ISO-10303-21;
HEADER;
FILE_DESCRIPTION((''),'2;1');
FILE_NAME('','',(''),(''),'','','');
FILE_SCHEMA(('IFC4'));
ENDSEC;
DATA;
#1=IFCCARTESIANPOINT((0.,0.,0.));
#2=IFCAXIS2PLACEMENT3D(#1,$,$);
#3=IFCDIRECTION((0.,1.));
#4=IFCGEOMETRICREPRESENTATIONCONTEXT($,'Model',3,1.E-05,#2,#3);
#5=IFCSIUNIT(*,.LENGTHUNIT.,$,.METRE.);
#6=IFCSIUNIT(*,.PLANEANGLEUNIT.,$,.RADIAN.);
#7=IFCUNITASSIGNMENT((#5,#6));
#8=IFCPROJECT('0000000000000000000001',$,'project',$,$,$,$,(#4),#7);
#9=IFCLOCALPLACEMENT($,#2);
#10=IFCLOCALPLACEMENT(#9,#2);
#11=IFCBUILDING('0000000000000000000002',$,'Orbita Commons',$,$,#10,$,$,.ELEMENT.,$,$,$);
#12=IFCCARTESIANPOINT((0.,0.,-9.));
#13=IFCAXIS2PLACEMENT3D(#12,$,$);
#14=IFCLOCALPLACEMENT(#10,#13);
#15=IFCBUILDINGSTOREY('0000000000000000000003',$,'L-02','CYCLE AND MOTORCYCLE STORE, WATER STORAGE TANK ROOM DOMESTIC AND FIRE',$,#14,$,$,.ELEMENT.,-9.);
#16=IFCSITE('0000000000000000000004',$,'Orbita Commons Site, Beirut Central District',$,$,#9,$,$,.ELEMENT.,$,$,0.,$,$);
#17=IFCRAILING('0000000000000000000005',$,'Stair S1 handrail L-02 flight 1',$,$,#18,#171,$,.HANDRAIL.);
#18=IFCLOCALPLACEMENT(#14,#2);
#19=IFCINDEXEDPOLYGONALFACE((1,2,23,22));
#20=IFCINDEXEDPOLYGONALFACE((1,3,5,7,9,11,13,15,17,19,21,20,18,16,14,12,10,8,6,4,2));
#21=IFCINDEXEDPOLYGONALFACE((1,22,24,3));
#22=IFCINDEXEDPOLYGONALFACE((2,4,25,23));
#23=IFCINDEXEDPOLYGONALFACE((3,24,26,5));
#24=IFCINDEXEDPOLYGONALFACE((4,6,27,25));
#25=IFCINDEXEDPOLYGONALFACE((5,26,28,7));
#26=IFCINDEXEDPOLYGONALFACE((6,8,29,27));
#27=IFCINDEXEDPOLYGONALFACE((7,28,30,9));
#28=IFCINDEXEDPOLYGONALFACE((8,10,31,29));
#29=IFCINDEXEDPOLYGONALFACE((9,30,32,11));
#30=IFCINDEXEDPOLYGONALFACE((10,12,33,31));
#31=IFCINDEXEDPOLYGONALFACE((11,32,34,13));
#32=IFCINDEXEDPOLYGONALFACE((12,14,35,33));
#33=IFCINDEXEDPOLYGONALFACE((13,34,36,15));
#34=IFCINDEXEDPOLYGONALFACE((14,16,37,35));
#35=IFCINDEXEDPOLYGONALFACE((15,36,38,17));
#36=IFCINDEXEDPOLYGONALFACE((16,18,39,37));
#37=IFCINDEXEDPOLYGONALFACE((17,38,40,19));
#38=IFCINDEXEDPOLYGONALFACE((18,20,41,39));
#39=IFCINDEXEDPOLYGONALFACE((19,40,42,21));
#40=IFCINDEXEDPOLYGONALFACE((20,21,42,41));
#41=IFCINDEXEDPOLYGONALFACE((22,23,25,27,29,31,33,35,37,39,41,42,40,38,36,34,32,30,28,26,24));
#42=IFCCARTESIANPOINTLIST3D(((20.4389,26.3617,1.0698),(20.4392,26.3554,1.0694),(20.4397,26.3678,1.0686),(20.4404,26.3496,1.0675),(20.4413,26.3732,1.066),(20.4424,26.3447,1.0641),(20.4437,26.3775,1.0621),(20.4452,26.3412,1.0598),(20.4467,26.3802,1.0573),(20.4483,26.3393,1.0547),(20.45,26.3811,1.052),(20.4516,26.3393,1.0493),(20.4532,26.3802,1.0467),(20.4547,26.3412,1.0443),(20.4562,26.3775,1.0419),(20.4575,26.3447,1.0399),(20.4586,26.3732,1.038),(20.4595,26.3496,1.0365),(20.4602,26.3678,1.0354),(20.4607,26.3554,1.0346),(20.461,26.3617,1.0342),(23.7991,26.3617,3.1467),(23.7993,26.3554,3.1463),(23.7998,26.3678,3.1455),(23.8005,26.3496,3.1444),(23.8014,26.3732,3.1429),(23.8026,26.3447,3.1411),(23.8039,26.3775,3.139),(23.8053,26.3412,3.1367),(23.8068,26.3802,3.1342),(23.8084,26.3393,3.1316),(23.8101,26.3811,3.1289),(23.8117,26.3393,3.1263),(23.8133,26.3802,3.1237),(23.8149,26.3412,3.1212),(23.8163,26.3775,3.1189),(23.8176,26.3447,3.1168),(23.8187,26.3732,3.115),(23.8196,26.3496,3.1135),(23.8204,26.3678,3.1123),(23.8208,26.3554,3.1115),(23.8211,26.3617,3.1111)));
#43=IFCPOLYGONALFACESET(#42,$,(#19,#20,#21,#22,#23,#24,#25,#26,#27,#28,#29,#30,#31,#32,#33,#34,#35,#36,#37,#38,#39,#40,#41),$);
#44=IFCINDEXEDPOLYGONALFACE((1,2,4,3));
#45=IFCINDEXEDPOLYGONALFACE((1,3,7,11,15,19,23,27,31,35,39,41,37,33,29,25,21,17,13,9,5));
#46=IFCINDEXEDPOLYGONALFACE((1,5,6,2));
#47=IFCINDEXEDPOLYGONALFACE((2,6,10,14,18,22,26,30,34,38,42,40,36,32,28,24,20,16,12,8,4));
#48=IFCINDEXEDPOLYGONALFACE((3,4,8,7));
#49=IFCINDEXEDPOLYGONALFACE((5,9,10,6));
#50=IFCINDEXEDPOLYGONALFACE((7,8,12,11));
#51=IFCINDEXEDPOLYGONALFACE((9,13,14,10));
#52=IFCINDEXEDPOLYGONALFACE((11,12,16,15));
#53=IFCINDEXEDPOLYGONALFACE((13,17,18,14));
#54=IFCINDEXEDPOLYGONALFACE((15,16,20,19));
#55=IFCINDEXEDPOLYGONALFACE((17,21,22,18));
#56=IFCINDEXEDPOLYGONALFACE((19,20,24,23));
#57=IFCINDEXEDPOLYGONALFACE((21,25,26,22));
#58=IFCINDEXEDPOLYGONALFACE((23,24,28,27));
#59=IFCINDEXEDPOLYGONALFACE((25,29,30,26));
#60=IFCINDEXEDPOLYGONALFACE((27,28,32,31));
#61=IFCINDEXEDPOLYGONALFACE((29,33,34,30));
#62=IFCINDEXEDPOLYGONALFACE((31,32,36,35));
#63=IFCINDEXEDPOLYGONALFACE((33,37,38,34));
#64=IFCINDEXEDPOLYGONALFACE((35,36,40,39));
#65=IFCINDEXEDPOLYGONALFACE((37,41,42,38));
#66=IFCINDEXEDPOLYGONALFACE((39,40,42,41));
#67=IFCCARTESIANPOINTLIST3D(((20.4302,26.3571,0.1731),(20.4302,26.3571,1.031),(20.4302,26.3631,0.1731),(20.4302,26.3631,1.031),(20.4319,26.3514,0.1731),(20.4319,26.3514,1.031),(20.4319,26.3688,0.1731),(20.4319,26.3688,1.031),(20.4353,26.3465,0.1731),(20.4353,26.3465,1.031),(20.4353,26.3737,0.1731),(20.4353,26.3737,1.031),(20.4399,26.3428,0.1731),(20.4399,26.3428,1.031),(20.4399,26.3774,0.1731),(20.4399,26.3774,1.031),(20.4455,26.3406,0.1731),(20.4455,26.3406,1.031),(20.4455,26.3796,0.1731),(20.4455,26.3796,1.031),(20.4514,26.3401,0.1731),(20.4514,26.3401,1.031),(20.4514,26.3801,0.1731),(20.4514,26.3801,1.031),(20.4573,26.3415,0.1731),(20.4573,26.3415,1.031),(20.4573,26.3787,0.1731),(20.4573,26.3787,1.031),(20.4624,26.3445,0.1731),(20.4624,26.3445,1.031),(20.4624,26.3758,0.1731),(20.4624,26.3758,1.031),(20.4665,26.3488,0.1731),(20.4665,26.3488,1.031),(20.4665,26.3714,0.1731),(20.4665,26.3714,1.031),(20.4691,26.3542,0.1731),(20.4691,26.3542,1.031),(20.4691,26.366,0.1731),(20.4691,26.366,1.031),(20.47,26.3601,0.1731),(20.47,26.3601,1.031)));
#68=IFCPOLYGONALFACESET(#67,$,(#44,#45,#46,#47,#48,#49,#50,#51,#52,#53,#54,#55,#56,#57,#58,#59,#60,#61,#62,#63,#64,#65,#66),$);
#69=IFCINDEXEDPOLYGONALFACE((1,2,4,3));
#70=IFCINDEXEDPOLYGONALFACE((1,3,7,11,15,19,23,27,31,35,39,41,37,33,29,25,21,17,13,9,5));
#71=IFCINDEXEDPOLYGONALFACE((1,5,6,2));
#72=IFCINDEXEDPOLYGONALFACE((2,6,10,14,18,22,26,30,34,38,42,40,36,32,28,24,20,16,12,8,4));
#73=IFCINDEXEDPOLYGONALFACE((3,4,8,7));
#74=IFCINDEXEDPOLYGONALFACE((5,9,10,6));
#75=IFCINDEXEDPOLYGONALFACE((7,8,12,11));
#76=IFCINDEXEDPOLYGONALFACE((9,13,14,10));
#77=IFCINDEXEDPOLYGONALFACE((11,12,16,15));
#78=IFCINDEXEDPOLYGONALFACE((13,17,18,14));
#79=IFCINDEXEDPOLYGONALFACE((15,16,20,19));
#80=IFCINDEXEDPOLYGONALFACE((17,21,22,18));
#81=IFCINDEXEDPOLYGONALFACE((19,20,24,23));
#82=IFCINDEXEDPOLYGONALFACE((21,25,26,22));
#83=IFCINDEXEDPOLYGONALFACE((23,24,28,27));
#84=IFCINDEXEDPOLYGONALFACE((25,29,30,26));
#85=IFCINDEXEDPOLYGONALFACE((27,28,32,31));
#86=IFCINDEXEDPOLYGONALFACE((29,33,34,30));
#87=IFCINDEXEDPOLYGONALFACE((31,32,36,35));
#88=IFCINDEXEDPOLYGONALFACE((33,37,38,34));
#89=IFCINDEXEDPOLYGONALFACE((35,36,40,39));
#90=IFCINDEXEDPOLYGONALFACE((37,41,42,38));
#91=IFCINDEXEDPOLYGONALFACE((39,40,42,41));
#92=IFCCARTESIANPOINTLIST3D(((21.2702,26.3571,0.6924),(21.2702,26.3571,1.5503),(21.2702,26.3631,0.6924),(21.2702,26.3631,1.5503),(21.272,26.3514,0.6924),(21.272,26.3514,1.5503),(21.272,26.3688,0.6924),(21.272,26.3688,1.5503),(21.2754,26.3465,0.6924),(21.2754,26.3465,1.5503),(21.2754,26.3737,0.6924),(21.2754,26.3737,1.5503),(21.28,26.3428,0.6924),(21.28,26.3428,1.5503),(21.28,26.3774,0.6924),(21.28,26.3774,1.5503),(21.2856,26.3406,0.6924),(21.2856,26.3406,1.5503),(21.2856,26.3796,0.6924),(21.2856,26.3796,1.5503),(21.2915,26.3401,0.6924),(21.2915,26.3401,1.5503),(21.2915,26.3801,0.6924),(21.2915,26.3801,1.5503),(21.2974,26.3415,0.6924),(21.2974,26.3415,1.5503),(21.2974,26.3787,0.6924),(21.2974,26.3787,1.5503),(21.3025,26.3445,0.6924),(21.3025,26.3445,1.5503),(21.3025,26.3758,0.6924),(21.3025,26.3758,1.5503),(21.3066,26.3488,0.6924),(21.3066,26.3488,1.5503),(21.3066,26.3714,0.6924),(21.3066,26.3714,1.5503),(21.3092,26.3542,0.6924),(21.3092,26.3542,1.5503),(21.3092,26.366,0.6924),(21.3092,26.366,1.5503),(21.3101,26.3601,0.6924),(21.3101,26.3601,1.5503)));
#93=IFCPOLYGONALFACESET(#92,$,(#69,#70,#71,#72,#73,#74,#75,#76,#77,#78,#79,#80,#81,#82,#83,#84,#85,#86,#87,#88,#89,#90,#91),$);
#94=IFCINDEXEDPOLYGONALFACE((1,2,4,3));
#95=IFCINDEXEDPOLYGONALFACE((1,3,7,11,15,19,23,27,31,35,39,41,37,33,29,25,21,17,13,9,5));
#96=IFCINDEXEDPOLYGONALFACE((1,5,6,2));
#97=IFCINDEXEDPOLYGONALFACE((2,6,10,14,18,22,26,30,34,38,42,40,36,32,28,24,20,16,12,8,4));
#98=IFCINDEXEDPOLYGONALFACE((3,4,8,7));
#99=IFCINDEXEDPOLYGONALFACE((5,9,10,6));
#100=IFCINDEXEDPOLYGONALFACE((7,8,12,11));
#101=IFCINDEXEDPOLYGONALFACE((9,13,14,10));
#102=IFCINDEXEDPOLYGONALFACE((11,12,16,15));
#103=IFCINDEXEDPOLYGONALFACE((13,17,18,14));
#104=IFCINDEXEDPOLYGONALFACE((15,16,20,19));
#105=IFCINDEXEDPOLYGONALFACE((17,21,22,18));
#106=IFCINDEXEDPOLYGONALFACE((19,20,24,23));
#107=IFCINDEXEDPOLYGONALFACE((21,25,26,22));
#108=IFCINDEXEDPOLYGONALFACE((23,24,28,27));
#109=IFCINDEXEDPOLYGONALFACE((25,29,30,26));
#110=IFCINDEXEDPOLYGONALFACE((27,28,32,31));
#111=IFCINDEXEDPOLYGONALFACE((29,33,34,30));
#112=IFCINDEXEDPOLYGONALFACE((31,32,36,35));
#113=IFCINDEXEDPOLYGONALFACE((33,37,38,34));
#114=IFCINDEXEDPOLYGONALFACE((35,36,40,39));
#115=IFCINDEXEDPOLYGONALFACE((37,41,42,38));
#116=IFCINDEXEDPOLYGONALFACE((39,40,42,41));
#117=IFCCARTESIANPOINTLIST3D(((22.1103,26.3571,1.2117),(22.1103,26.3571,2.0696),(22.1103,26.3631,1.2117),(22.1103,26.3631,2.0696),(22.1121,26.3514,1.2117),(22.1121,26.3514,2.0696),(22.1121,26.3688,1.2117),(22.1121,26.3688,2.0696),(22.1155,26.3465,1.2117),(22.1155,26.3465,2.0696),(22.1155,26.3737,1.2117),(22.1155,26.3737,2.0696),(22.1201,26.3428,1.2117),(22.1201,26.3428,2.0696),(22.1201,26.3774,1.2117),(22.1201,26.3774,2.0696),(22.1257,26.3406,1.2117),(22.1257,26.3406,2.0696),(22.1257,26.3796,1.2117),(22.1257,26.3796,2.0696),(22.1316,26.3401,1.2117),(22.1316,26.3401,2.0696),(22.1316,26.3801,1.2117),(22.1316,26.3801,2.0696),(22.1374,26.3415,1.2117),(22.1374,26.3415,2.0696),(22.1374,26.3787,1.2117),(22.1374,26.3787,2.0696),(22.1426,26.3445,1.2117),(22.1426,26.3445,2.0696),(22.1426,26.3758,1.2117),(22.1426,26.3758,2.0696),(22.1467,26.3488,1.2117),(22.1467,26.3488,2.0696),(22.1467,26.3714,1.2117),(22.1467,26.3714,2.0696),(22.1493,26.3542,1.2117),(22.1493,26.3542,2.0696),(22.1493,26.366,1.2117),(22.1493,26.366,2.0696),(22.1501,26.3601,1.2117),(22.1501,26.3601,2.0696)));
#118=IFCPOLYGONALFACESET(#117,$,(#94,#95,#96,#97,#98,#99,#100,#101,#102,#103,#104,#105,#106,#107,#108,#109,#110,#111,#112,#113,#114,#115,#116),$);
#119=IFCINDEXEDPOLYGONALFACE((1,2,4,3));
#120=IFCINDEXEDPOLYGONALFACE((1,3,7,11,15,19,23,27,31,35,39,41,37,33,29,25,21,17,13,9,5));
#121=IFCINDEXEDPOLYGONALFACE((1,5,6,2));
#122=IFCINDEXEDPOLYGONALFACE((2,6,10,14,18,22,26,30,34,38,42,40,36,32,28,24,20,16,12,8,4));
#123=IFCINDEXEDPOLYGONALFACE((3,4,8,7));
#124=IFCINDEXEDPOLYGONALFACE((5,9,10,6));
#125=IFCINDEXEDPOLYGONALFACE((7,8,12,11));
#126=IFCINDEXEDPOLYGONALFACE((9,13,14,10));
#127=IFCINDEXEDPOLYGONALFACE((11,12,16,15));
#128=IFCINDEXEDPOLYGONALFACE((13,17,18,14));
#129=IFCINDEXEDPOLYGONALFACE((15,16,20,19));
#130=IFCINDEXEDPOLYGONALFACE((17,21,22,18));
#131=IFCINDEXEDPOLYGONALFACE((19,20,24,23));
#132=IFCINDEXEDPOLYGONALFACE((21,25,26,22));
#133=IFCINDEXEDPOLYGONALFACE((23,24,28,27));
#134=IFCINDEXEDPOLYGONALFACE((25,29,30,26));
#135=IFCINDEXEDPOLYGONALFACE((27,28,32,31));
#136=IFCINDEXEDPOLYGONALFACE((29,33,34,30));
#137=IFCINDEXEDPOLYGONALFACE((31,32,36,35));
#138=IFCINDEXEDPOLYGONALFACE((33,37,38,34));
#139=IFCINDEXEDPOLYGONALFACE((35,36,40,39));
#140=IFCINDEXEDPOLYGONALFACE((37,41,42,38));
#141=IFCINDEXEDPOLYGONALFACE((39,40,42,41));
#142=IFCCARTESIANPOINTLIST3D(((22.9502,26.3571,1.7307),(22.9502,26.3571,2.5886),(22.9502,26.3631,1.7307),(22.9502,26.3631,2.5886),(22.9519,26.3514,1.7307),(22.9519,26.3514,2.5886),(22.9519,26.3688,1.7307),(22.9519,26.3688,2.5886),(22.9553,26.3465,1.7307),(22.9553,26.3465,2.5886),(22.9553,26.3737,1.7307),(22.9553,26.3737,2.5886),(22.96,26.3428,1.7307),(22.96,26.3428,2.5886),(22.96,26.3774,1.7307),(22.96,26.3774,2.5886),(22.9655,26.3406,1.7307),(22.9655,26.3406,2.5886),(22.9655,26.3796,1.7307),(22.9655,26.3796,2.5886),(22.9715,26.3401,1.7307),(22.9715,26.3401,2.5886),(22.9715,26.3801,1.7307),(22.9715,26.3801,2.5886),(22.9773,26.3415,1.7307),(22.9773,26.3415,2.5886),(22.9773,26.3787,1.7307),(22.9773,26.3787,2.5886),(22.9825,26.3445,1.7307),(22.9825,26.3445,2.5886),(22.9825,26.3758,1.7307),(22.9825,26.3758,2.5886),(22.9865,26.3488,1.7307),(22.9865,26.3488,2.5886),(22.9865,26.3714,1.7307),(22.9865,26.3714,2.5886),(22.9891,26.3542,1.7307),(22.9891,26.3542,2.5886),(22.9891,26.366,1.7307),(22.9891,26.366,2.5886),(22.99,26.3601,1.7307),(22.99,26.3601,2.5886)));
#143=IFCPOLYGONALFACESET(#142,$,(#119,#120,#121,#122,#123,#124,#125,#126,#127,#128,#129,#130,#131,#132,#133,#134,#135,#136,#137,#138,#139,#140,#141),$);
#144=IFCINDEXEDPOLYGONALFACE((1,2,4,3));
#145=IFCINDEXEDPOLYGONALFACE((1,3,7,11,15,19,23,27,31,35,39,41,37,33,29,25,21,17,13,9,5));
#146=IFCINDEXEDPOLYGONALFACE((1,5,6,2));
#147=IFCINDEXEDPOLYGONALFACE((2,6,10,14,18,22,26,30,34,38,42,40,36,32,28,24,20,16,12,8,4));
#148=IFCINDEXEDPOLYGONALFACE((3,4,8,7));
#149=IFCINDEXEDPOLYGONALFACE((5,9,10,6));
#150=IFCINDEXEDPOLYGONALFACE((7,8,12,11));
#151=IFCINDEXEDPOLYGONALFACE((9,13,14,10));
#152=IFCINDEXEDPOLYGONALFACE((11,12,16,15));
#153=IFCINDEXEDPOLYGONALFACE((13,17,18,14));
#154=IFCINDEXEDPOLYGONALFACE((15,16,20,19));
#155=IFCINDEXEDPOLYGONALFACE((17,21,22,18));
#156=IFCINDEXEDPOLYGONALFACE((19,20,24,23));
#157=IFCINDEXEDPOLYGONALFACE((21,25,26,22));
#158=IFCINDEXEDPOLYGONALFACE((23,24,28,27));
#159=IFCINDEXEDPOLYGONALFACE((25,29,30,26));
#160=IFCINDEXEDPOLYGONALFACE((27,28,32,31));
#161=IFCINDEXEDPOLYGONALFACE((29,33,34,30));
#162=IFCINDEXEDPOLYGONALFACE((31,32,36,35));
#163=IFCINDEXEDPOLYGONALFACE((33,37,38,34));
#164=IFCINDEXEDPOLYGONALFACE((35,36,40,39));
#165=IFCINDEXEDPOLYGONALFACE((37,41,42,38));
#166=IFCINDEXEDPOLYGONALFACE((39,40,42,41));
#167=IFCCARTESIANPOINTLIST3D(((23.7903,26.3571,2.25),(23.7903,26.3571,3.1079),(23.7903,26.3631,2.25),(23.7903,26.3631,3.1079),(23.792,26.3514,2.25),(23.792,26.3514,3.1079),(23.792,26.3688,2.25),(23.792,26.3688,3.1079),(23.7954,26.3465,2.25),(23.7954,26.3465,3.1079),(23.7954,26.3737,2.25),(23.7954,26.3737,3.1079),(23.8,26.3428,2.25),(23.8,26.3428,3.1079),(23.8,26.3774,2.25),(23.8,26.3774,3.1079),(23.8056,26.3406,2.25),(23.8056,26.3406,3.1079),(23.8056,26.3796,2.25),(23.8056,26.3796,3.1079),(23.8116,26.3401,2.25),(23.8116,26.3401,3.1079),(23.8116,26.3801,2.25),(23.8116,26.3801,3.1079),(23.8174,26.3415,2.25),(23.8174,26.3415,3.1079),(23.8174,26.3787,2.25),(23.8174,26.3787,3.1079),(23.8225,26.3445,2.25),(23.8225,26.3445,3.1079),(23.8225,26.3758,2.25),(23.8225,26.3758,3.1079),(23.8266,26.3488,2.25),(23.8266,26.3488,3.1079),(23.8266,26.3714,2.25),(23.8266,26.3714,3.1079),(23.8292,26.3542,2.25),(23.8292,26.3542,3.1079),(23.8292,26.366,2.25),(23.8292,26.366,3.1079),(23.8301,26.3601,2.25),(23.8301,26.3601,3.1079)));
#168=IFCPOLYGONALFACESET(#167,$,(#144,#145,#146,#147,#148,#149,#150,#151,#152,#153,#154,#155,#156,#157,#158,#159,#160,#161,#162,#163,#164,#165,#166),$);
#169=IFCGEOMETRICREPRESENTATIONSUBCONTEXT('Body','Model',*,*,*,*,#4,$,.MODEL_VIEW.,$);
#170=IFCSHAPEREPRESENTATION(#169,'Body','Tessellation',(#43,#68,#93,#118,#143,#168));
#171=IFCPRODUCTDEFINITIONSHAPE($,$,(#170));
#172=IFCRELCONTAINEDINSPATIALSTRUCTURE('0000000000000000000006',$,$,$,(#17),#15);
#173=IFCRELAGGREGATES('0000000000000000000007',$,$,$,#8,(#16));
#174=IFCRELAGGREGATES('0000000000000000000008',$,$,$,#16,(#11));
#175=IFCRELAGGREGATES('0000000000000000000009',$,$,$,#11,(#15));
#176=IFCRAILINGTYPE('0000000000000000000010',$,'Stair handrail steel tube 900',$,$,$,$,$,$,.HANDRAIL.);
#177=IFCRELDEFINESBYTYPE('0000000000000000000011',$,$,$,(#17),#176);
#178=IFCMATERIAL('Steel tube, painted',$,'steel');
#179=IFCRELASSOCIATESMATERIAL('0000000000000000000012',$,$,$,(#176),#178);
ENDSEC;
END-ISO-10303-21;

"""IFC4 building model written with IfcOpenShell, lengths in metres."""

from ifc_helpers import new_model, si_unit, direction, frame, origin, origin_2d, place, context, subcontext, project, spatial, circle, extrude, material, type_object, element, save


model = new_model("IFC4")

# Units and contexts
model_context = context("Model", 3, precision=1e-05, world=origin(), true_north=direction((0.0, 1.0)))
body_context = subcontext(model_context, "Body", "Model", "MODEL_VIEW")
ifc_project = project(units=[si_unit("LENGTHUNIT", "METRE"), si_unit("PLANEANGLEUNIT", "RADIAN")], contexts=[model_context])

# Site, building, storey
site_placement = place(None, origin())
site = spatial("IfcSite", under=ifc_project, at=site_placement, Name="Orbita Commons Site, Beirut Central District", CompositionType="ELEMENT", RefElevation=0.0)
building_placement = place(site_placement, origin())
building = spatial("IfcBuilding", under=site, at=building_placement, Name="Orbita Commons", CompositionType="ELEMENT")
storey_placement = place(building_placement, frame((0.0, 0.0, -9.0)))
storey = spatial("IfcBuildingStorey", under=building, at=storey_placement, Name="L-02", Description="CYCLE AND MOTORCYCLE STORE, WATER STORAGE TANK ROOM DOMESTIC AND FIRE", CompositionType="ELEMENT", Elevation=-9.0)

# Railing
ifc_material_1 = material(Name="Steel tube, painted", Category="steel")
railing_type = type_object("IfcRailingType", Name="Stair handrail steel tube 900", PredefinedType="HANDRAIL", material=ifc_material_1)
for number, where, name in (
    (1, (20.45, 26.3601, 0.1731), "Stair S1 handrail L-02 flight 1"),
):
    element("IfcRailing", number, at=place(storey_placement, frame(where)), inside=storey, type_object=railing_type, Name=name, PredefinedType="HANDRAIL", context=body_context, shape_type="SweptSolid", body=[
        extrude(circle(Radius=0.021, at=origin_2d()), frame((0.0, 0.0, 0.8789), z_axis=(0.850623, 0.0, 0.525776), x_axis=(0.0, 1.0, 0.0)), (0.0, 0.0, 1.0), 3.9502),
        extrude(circle(Radius=0.02, at=origin_2d()), origin(), (0.0, 0.0, 1.0), 0.8579),
        extrude(circle(Radius=0.02, at=origin_2d()), frame((0.8401, 0.0, 0.5193)), (0.0, 0.0, 1.0), 0.8579),
        extrude(circle(Radius=0.02, at=origin_2d()), frame((1.6802, 0.0, 1.0386)), (0.0, 0.0, 1.0), 0.8579),
        extrude(circle(Radius=0.02, at=origin_2d()), frame((2.52, 0.0, 1.5576)), (0.0, 0.0, 1.0), 0.8579),
        extrude(circle(Radius=0.02, at=origin_2d()), frame((3.3601, 0.0, 2.0769)), (0.0, 0.0, 1.0), 0.8579),
    ])

save(model, "model.ifc")
